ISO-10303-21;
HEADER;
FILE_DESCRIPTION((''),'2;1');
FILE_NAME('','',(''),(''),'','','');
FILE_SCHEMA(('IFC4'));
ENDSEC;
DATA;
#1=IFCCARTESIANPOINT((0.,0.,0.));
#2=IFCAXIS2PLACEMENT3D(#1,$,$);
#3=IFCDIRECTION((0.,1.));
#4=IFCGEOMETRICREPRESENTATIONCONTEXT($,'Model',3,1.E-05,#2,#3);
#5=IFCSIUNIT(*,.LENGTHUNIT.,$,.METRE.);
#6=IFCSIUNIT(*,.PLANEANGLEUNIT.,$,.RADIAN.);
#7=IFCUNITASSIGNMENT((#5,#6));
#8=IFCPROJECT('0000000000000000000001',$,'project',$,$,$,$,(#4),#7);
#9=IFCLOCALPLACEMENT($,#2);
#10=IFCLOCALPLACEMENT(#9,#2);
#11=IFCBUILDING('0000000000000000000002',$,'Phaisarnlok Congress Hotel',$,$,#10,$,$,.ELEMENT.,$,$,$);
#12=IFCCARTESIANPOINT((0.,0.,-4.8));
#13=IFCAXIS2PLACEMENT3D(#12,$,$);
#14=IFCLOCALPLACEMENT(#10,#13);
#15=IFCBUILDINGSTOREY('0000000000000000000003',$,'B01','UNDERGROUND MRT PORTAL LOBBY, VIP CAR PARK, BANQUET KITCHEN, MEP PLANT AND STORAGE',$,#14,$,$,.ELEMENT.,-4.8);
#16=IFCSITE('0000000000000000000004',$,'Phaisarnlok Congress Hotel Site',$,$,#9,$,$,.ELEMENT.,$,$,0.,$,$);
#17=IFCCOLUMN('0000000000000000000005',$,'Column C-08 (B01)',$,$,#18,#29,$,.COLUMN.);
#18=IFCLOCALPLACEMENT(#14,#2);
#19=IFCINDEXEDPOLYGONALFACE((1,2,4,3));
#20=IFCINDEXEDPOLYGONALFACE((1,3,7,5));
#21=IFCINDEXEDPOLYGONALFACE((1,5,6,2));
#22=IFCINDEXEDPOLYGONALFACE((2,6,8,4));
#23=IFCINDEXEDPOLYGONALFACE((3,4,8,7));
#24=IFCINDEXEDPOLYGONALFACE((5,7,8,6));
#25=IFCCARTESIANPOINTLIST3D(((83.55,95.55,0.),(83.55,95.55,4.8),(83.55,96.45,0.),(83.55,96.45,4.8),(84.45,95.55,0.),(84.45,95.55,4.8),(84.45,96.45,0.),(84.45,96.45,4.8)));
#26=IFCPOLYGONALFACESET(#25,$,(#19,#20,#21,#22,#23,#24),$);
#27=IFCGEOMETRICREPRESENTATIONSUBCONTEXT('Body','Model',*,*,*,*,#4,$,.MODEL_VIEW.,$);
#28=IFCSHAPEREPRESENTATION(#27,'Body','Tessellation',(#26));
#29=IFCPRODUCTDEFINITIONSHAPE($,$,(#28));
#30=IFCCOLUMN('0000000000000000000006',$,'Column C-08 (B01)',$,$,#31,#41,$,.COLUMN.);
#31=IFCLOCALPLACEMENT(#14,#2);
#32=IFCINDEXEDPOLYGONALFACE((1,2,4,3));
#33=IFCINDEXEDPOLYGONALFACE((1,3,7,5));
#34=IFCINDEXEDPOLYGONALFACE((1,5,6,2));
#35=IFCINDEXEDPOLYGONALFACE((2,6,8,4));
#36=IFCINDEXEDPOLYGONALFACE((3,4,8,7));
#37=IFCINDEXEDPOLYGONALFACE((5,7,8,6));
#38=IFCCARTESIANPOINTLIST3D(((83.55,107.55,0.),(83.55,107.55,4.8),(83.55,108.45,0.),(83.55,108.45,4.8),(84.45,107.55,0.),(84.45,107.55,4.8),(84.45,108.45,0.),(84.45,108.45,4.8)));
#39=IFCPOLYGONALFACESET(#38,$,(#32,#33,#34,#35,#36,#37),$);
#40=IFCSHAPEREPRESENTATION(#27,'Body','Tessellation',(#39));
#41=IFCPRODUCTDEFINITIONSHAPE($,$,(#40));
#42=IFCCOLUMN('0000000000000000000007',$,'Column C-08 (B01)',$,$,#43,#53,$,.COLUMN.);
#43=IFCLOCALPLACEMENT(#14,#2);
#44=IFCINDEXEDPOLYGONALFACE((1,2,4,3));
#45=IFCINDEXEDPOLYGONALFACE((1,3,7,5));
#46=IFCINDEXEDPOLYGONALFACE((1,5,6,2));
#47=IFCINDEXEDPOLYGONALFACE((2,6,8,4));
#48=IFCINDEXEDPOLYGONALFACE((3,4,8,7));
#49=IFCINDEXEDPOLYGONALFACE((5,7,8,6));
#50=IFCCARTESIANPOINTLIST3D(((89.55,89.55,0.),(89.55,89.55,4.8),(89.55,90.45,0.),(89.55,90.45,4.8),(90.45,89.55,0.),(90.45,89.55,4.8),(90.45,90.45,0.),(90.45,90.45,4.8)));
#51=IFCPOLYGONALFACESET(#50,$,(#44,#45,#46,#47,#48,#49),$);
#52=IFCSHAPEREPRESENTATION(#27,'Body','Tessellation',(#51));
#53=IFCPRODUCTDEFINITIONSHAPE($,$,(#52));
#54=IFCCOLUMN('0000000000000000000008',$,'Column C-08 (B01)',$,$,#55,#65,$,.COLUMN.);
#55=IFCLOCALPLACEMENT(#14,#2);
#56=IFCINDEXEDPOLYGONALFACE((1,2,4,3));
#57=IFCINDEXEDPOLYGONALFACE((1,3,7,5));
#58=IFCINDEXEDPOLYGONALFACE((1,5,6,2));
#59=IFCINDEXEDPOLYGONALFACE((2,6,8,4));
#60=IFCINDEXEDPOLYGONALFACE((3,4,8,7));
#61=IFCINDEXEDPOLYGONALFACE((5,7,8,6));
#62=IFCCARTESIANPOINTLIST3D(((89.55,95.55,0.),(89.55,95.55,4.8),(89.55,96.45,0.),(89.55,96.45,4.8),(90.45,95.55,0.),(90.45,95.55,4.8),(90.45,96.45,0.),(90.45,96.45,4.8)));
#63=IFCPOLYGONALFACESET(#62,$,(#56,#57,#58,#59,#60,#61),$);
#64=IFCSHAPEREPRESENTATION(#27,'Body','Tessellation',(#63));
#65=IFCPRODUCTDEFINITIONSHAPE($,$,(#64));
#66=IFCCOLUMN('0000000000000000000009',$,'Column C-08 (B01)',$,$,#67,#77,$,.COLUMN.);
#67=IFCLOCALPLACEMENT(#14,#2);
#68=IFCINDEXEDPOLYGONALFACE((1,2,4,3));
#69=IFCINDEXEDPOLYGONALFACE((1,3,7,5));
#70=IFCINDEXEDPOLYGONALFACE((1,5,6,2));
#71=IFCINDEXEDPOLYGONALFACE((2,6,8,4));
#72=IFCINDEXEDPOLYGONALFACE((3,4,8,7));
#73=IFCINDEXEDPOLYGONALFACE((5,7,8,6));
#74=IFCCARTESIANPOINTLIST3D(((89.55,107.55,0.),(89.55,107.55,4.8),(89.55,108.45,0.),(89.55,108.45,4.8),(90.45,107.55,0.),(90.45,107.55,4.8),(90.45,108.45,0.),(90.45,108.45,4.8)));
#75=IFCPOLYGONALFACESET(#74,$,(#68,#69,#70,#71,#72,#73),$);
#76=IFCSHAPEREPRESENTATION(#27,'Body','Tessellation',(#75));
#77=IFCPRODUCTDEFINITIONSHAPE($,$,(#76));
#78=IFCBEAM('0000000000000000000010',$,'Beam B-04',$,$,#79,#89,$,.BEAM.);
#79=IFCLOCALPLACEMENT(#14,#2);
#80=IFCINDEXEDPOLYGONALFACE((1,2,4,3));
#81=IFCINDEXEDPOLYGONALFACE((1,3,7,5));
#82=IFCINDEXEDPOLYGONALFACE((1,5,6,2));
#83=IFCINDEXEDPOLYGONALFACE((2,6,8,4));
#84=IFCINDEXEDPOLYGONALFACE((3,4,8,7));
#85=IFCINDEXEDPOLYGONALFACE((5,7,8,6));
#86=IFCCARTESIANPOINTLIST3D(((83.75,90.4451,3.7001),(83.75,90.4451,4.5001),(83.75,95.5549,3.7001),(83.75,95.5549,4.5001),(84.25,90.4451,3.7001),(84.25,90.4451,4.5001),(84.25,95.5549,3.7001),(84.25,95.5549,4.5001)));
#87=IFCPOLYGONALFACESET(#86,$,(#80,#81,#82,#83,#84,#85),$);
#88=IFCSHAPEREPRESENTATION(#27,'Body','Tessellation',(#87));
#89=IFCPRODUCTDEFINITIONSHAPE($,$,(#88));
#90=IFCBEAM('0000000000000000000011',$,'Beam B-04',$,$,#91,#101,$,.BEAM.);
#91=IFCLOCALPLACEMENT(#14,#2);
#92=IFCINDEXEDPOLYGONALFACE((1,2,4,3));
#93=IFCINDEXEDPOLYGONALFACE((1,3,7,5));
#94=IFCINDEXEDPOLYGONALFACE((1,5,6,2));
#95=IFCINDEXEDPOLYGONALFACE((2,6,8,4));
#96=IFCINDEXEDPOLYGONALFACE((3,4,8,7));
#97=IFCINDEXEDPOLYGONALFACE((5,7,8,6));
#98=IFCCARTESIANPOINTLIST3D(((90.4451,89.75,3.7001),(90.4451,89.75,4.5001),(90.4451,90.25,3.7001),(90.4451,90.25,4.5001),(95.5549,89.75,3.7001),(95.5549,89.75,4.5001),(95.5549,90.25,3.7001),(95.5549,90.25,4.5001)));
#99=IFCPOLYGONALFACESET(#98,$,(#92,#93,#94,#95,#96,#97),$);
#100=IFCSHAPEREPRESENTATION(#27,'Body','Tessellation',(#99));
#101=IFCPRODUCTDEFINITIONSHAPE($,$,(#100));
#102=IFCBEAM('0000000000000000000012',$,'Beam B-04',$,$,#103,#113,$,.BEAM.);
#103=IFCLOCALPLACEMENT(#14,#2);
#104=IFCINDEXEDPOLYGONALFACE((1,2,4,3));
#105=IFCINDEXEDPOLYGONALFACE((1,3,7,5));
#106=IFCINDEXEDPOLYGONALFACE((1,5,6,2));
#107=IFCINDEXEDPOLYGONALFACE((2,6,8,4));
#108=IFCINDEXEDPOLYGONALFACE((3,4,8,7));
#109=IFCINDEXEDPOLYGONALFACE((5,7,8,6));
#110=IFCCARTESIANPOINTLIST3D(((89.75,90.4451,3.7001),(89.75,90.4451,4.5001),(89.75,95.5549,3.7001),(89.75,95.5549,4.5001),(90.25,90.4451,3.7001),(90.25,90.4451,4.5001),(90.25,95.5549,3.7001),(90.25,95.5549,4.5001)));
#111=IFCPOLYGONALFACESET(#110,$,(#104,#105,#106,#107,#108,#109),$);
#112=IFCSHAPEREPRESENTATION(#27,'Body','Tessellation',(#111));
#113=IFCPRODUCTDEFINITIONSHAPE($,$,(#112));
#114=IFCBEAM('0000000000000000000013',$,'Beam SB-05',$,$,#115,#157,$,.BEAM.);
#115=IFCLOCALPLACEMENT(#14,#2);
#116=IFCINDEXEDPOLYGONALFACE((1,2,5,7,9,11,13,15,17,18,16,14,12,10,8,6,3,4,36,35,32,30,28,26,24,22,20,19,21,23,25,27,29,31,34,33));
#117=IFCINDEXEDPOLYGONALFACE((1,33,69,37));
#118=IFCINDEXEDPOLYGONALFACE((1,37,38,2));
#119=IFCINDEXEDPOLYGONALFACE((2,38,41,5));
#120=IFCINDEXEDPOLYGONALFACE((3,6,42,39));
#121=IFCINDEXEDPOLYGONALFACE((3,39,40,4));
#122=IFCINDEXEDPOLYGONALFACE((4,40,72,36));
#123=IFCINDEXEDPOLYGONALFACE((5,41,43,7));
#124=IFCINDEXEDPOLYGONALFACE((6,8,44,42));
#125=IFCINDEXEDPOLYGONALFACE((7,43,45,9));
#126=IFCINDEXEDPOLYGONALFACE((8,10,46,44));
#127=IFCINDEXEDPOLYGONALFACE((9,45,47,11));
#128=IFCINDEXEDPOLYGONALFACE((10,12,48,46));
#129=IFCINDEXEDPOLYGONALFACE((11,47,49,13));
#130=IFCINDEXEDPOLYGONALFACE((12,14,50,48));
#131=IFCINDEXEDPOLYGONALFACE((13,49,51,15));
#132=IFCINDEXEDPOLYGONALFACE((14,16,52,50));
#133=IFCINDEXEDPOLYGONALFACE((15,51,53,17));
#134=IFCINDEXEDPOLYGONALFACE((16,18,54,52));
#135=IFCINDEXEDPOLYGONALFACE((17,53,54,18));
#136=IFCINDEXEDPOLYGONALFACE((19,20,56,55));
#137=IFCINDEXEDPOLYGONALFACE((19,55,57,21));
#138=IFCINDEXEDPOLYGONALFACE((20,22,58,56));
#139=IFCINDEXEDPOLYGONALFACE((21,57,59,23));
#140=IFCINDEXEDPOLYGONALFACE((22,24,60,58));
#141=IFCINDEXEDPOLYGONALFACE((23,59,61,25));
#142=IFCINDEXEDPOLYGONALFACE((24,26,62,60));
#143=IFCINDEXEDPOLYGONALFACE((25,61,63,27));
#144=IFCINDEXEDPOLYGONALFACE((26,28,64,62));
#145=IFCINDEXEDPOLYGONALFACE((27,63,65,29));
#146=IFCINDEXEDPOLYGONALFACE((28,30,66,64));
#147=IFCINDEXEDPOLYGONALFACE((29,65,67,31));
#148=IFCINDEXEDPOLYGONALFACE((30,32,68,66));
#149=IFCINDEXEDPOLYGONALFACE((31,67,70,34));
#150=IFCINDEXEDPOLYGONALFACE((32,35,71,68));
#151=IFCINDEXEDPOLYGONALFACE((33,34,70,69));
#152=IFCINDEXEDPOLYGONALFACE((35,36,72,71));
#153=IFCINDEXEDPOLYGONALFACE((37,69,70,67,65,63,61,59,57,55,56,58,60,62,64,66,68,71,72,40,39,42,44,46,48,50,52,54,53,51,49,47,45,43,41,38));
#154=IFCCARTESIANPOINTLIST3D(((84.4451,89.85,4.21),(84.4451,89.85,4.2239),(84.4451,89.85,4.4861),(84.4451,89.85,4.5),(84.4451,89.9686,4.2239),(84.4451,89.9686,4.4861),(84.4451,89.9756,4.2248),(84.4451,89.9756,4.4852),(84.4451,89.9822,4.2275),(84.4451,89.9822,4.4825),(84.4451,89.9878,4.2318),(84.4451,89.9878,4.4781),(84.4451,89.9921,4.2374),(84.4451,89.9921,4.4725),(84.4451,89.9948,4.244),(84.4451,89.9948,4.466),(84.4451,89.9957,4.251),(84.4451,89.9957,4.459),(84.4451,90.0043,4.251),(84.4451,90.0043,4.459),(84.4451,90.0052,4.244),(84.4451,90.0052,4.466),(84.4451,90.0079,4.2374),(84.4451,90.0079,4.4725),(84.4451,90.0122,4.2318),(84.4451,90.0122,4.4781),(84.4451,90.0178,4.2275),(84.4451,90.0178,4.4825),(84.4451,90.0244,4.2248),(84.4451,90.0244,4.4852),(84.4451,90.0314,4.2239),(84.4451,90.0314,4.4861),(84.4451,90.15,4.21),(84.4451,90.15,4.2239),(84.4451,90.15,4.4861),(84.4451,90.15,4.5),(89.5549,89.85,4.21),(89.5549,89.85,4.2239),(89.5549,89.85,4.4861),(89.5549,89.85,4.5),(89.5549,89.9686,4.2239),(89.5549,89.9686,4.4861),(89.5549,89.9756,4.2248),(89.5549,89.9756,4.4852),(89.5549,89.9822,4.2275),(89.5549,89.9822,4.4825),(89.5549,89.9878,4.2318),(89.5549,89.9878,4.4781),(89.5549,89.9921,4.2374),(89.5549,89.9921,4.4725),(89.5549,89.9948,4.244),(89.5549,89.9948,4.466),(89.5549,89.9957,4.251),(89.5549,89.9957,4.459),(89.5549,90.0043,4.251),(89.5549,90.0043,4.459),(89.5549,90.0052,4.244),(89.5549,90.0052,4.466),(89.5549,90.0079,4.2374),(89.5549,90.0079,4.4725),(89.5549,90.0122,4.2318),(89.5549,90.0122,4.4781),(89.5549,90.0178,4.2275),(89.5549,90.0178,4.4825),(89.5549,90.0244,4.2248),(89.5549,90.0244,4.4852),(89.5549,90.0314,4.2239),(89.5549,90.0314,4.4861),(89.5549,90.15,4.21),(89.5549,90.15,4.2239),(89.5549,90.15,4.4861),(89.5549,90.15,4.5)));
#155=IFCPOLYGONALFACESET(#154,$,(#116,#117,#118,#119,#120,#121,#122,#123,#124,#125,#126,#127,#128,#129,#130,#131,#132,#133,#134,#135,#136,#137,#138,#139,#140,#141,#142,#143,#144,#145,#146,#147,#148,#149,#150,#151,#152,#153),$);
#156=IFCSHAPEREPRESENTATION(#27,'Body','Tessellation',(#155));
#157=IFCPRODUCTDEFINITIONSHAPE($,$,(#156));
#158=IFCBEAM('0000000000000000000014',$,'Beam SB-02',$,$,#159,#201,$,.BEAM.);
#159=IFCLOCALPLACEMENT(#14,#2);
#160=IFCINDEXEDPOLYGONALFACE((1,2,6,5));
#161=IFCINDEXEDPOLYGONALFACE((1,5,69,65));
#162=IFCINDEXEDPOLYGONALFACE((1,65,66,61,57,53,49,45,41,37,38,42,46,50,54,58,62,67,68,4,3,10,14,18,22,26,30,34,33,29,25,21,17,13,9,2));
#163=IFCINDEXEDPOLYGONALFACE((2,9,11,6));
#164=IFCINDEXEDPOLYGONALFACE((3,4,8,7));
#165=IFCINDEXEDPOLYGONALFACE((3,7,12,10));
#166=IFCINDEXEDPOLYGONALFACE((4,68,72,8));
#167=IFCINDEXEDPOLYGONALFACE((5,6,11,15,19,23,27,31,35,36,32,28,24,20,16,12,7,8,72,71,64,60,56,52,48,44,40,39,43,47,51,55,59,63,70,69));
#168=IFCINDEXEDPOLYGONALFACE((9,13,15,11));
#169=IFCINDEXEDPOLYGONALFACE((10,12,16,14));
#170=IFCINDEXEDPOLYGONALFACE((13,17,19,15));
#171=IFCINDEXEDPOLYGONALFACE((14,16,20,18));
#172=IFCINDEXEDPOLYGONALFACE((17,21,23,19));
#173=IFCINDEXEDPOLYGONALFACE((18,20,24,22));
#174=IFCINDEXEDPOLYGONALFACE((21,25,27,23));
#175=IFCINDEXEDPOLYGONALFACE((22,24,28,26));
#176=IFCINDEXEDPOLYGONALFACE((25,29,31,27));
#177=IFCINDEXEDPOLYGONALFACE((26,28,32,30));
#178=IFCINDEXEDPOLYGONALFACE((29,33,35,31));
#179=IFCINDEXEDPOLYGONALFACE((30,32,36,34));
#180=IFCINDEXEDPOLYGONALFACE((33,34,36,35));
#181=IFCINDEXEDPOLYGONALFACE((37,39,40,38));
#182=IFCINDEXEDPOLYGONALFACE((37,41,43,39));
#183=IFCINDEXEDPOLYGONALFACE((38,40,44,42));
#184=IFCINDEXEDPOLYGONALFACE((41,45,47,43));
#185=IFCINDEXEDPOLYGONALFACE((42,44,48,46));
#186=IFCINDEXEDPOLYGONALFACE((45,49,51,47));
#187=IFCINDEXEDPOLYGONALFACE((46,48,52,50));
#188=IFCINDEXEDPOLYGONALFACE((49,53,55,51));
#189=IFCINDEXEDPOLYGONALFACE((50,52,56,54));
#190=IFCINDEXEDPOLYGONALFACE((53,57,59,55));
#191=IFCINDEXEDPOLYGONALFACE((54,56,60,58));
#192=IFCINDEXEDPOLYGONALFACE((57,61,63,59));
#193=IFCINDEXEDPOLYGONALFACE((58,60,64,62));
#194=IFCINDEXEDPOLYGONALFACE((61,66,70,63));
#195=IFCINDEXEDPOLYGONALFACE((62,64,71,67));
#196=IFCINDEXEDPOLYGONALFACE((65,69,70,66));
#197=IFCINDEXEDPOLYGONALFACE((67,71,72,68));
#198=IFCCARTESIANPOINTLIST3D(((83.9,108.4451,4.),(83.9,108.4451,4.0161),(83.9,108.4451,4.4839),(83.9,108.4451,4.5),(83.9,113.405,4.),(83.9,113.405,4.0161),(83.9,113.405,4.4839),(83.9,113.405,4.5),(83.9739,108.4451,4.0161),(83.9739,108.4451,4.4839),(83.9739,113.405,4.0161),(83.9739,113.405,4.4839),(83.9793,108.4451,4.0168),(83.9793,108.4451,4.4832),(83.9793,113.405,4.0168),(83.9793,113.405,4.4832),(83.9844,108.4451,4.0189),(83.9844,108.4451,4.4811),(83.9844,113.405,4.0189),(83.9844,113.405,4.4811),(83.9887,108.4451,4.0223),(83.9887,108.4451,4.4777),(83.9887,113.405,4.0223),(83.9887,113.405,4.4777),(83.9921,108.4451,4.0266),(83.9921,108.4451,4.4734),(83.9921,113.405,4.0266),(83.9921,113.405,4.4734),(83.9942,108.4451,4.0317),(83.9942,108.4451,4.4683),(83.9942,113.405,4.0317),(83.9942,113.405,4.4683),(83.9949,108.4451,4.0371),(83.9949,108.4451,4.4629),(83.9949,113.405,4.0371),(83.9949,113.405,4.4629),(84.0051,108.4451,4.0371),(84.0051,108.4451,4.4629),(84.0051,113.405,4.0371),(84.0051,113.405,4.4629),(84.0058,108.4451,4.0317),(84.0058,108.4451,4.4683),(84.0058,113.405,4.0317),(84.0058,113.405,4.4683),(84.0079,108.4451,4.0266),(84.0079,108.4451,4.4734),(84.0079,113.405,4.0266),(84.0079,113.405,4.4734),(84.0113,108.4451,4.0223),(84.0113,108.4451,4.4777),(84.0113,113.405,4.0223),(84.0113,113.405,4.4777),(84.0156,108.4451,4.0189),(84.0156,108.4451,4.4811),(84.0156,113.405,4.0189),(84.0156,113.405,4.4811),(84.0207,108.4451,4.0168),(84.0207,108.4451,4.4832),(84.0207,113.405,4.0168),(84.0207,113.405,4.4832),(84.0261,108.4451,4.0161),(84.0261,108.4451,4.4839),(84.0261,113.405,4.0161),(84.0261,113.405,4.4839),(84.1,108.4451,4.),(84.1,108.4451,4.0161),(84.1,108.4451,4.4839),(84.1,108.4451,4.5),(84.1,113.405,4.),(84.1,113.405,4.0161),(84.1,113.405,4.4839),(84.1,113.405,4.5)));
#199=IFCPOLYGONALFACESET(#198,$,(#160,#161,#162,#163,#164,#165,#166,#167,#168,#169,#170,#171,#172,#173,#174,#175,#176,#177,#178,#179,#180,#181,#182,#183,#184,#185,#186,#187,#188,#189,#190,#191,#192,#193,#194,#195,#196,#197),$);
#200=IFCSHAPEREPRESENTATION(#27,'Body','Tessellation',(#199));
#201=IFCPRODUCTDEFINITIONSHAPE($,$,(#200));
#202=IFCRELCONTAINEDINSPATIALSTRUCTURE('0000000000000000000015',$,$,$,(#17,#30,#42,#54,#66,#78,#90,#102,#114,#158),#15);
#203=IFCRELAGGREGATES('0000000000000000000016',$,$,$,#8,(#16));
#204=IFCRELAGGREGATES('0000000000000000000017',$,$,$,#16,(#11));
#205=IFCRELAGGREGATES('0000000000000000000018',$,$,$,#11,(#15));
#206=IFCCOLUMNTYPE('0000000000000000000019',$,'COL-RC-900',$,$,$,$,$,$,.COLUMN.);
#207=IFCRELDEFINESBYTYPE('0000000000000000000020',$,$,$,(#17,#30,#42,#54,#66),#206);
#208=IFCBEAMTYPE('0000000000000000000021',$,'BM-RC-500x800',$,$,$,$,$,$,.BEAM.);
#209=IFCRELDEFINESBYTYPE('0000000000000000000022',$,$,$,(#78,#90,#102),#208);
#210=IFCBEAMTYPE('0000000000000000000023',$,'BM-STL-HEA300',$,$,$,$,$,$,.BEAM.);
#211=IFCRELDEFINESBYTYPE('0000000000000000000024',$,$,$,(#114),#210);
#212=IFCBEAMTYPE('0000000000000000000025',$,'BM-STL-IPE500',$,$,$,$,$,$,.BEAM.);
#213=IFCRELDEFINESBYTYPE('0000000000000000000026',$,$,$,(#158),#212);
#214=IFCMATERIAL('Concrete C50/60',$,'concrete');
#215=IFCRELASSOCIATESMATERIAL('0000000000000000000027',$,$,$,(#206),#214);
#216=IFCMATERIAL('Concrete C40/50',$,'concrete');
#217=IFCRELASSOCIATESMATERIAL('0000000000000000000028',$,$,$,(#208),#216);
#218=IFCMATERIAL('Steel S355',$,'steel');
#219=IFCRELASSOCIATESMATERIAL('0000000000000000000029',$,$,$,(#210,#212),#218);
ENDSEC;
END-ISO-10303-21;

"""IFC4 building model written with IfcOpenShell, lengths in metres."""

from ifc_helpers import new_model, si_unit, direction, frame, origin, origin_2d, place, context, subcontext, project, spatial, rectangle, i_section, extrude, material, material_profile, profile_set, type_object, element, save


model = new_model("IFC4")

# Units and contexts
model_context = context("Model", 3, precision=1e-05, world=origin(), true_north=direction((0.0, 1.0)))
body_context = subcontext(model_context, "Body", "Model", "MODEL_VIEW")
ifc_project = project(units=[si_unit("LENGTHUNIT", "METRE"), si_unit("PLANEANGLEUNIT", "RADIAN")], contexts=[model_context])

# Site, building, storey
site_placement = place(None, origin())
site = spatial("IfcSite", under=ifc_project, at=site_placement, Name="Phaisarnlok Congress Hotel Site", CompositionType="ELEMENT", RefElevation=0.0)
building_placement = place(site_placement, origin())
building = spatial("IfcBuilding", under=site, at=building_placement, Name="Phaisarnlok Congress Hotel", CompositionType="ELEMENT")
storey_placement = place(building_placement, frame((0.0, 0.0, -4.8)))
storey = spatial("IfcBuildingStorey", under=building, at=storey_placement, Name="B01", Description="UNDERGROUND MRT PORTAL LOBBY, VIP CAR PARK, BANQUET KITCHEN, MEP PLANT AND STORAGE", CompositionType="ELEMENT", Elevation=-4.8)

# Shared definitions
ifc_material_1 = material(Name="Concrete C40/50", Category="concrete")

# Columns
ifc_material_2 = material(Name="Concrete C50/60", Category="concrete")
ifc_material_profile_1 = material_profile(ifc_material_2, rectangle(XDim=0.8999, YDim=0.8999, at=origin_2d()), Name="RC 900x900")
ifc_profile_set_1 = profile_set([ifc_material_profile_1], Name="Concrete C50/60")
column_type = type_object("IfcColumnType", Name="COL-RC-900", PredefinedType="COLUMN", material=ifc_profile_set_1)
for number, where, z_axis, x_axis, name in (
    (1, (84.0, 96.0, 0.0), (0.0, 0.0, 1.0), (1.0, 0.0, 0.0), "Column C-08 (B01)"),
    (2, (84.0, 108.0, 0.0), (0.0, 0.0, 1.0), (1.0, 0.0, 0.0), "Column C-08 (B01)"),
    (3, (90.0, 90.0, 0.0), (0.0, 0.0, 1.0), (1.0, 0.0, 0.0), "Column C-08 (B01)"),
    (4, (90.0, 96.0, 0.0), (0.0, 0.0, 1.0), (1.0, 0.0, 0.0), "Column C-08 (B01)"),
    (5, (90.0, 108.0, 0.0), (0.0, 0.0, 1.0), (1.0, 0.0, 0.0), "Column C-08 (B01)"),
):
    element("IfcColumn", number, at=place(storey_placement, frame(where, z_axis=z_axis, x_axis=x_axis)), inside=storey, type_object=column_type, Name=name, PredefinedType="COLUMN", context=body_context, shape_type="SweptSolid", body=[
        extrude(rectangle(XDim=0.8999, YDim=0.8999, at=origin_2d()), origin(), (0.0, 0.0, 1.0), 4.8),
    ])

# Beams
ifc_material_profile_2 = material_profile(ifc_material_1, rectangle(XDim=0.5, YDim=0.8, at=origin_2d()), Name="RC 500x800")
ifc_profile_set_2 = profile_set([ifc_material_profile_2], Name="Concrete C40/50")
beam_type_1 = type_object("IfcBeamType", Name="BM-RC-500x800", PredefinedType="BEAM", material=ifc_profile_set_2)
for number, where, z_axis, x_axis, name in (
    (6, (84.0, 90.4451, 4.1001), (0.0, 1.0, 0.0), (-1.0, 0.0, 0.0), "Beam B-04"),
    (7, (90.4451, 90.0, 4.1001), (1.0, 0.0, 0.0), (0.0, 1.0, 0.0), "Beam B-04"),
    (8, (90.0, 90.4451, 4.1001), (0.0, 1.0, 0.0), (-1.0, 0.0, 0.0), "Beam B-04"),
):
    element("IfcBeam", number, at=place(storey_placement, frame(where, z_axis=z_axis, x_axis=x_axis)), inside=storey, type_object=beam_type_1, Name=name, PredefinedType="BEAM", context=body_context, shape_type="SweptSolid", body=[
        extrude(rectangle(XDim=0.5, YDim=0.8, at=origin_2d()), origin(), (0.0, 0.0, 1.0), 5.1099),
    ])
ifc_material_3 = material(Name="Steel S355", Category="steel")
ifc_material_profile_3 = material_profile(ifc_material_3, i_section(OverallWidth=0.3, OverallDepth=0.29, WebThickness=0.0085, FlangeThickness=0.0139, FilletRadius=0.0271, at=origin_2d()), Name="HEA 300")
ifc_profile_set_3 = profile_set([ifc_material_profile_3], Name="Steel S355")
beam_type_2 = type_object("IfcBeamType", Name="BM-STL-HEA300", PredefinedType="BEAM", material=ifc_profile_set_3)
beam_1_placement = place(storey_placement, frame((84.4451, 90.0, 4.355), z_axis=(1.0, 0.0, 0.0), x_axis=(0.0, 1.0, 0.0)))
element("IfcBeam", 9, at=beam_1_placement, inside=storey, type_object=beam_type_2, Name="Beam SB-05", PredefinedType="BEAM", context=body_context, shape_type="SweptSolid", body=[
    extrude(i_section(OverallWidth=0.3, OverallDepth=0.29, WebThickness=0.0085, FlangeThickness=0.0139, FilletRadius=0.0271, at=origin_2d()), origin(), (0.0, 0.0, 1.0), 5.1099),
])
ifc_material_profile_4 = material_profile(ifc_material_3, i_section(OverallWidth=0.2, OverallDepth=0.5, WebThickness=0.0103, FlangeThickness=0.0161, FilletRadius=0.021, at=origin_2d()), Name="IPE 500")
ifc_profile_set_4 = profile_set([ifc_material_profile_4], Name="Steel S355")
beam_type_3 = type_object("IfcBeamType", Name="BM-STL-IPE500", PredefinedType="BEAM", material=ifc_profile_set_4)
beam_2_placement = place(storey_placement, frame((84.0, 108.4451, 4.25), z_axis=(0.0, 1.0, 0.0), x_axis=(-1.0, 0.0, 0.0)))
element("IfcBeam", 10, at=beam_2_placement, inside=storey, type_object=beam_type_3, Name="Beam SB-02", PredefinedType="BEAM", context=body_context, shape_type="SweptSolid", body=[
    extrude(i_section(OverallWidth=0.2, OverallDepth=0.5, WebThickness=0.0103, FlangeThickness=0.0161, FilletRadius=0.021, at=origin_2d()), origin(), (0.0, 0.0, 1.0), 4.96),
])

save(model, "model.ifc")
